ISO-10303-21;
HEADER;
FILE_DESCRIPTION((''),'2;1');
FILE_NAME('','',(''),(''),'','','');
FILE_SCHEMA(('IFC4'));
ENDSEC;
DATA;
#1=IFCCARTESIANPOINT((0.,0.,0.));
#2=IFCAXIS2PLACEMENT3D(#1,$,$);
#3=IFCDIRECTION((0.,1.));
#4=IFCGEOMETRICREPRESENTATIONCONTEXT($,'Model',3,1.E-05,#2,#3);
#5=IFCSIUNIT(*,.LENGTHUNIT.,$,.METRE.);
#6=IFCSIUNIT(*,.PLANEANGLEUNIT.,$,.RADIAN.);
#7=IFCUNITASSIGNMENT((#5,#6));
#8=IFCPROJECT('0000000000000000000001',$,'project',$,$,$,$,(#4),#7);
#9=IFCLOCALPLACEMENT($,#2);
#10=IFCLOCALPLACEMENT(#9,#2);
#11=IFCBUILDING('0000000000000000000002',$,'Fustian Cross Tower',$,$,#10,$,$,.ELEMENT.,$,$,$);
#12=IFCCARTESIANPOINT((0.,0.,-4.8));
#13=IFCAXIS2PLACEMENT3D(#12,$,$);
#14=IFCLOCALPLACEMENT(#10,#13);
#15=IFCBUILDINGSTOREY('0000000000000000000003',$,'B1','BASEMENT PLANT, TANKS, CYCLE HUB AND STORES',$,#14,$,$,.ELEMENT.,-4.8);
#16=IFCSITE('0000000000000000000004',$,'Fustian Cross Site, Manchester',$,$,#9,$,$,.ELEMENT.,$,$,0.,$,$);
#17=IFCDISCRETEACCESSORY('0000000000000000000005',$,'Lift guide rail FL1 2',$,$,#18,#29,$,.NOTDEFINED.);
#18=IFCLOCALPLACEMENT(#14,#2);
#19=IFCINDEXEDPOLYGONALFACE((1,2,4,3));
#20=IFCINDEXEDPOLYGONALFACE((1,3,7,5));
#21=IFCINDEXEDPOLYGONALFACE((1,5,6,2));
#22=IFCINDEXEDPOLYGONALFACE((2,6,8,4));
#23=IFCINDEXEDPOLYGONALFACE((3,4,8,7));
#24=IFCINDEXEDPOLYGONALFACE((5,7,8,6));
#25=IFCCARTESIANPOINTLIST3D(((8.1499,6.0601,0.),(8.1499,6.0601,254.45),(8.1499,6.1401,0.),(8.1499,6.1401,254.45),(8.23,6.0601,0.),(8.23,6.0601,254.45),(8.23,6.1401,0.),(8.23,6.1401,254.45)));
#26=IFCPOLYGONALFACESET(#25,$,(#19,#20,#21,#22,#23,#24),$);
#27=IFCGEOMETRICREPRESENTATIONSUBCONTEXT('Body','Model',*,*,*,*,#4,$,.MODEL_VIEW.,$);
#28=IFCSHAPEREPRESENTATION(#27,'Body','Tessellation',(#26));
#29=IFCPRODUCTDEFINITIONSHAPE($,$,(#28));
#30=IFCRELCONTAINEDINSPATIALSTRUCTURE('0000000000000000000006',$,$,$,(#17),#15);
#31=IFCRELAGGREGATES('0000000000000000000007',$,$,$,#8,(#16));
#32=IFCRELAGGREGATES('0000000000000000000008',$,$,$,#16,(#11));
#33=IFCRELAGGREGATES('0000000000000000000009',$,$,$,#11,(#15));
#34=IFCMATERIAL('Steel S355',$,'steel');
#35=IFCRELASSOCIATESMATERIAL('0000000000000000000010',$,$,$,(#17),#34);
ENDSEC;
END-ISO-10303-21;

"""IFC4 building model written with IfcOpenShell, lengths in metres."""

from ifc_helpers import new_model, si_unit, direction, frame, origin, origin_2d, place, context, subcontext, project, spatial, rectangle, extrude, material, element, save


model = new_model("IFC4")

# Units and contexts
model_context = context("Model", 3, precision=1e-05, world=origin(), true_north=direction((0.0, 1.0)))
body_context = subcontext(model_context, "Body", "Model", "MODEL_VIEW")
ifc_project = project(units=[si_unit("LENGTHUNIT", "METRE"), si_unit("PLANEANGLEUNIT", "RADIAN")], contexts=[model_context])

# Site, building, storey
site_placement = place(None, origin())
site = spatial("IfcSite", under=ifc_project, at=site_placement, Name="Fustian Cross Site, Manchester", CompositionType="ELEMENT", RefElevation=0.0)
building_placement = place(site_placement, origin())
building = spatial("IfcBuilding", under=site, at=building_placement, Name="Fustian Cross Tower", CompositionType="ELEMENT")
storey_placement = place(building_placement, frame((0.0, 0.0, -4.8)))
storey = spatial("IfcBuildingStorey", under=building, at=storey_placement, Name="B1", Description="BASEMENT PLANT, TANKS, CYCLE HUB AND STORES", CompositionType="ELEMENT", Elevation=-4.8)

# Discrete accessory
ifc_material_1 = material(Name="Steel S355", Category="steel")
for number, where, z_axis, x_axis, name in (
    (1, (8.1899, 6.1001, 0.0), (0.0, 0.0, 1.0), (1.0, 0.0, 0.0), "Lift guide rail FL1 2"),
):
    element("IfcDiscreteAccessory", number, at=place(storey_placement, frame(where, z_axis=z_axis, x_axis=x_axis)), inside=storey, material=ifc_material_1, Name=name, PredefinedType="NOTDEFINED", context=body_context, shape_type="SweptSolid", body=[
        extrude(rectangle(XDim=0.0801, YDim=0.0801, at=origin_2d()), origin(), (0.0, 0.0, 1.0), 254.45),
    ])

save(model, "model.ifc")
